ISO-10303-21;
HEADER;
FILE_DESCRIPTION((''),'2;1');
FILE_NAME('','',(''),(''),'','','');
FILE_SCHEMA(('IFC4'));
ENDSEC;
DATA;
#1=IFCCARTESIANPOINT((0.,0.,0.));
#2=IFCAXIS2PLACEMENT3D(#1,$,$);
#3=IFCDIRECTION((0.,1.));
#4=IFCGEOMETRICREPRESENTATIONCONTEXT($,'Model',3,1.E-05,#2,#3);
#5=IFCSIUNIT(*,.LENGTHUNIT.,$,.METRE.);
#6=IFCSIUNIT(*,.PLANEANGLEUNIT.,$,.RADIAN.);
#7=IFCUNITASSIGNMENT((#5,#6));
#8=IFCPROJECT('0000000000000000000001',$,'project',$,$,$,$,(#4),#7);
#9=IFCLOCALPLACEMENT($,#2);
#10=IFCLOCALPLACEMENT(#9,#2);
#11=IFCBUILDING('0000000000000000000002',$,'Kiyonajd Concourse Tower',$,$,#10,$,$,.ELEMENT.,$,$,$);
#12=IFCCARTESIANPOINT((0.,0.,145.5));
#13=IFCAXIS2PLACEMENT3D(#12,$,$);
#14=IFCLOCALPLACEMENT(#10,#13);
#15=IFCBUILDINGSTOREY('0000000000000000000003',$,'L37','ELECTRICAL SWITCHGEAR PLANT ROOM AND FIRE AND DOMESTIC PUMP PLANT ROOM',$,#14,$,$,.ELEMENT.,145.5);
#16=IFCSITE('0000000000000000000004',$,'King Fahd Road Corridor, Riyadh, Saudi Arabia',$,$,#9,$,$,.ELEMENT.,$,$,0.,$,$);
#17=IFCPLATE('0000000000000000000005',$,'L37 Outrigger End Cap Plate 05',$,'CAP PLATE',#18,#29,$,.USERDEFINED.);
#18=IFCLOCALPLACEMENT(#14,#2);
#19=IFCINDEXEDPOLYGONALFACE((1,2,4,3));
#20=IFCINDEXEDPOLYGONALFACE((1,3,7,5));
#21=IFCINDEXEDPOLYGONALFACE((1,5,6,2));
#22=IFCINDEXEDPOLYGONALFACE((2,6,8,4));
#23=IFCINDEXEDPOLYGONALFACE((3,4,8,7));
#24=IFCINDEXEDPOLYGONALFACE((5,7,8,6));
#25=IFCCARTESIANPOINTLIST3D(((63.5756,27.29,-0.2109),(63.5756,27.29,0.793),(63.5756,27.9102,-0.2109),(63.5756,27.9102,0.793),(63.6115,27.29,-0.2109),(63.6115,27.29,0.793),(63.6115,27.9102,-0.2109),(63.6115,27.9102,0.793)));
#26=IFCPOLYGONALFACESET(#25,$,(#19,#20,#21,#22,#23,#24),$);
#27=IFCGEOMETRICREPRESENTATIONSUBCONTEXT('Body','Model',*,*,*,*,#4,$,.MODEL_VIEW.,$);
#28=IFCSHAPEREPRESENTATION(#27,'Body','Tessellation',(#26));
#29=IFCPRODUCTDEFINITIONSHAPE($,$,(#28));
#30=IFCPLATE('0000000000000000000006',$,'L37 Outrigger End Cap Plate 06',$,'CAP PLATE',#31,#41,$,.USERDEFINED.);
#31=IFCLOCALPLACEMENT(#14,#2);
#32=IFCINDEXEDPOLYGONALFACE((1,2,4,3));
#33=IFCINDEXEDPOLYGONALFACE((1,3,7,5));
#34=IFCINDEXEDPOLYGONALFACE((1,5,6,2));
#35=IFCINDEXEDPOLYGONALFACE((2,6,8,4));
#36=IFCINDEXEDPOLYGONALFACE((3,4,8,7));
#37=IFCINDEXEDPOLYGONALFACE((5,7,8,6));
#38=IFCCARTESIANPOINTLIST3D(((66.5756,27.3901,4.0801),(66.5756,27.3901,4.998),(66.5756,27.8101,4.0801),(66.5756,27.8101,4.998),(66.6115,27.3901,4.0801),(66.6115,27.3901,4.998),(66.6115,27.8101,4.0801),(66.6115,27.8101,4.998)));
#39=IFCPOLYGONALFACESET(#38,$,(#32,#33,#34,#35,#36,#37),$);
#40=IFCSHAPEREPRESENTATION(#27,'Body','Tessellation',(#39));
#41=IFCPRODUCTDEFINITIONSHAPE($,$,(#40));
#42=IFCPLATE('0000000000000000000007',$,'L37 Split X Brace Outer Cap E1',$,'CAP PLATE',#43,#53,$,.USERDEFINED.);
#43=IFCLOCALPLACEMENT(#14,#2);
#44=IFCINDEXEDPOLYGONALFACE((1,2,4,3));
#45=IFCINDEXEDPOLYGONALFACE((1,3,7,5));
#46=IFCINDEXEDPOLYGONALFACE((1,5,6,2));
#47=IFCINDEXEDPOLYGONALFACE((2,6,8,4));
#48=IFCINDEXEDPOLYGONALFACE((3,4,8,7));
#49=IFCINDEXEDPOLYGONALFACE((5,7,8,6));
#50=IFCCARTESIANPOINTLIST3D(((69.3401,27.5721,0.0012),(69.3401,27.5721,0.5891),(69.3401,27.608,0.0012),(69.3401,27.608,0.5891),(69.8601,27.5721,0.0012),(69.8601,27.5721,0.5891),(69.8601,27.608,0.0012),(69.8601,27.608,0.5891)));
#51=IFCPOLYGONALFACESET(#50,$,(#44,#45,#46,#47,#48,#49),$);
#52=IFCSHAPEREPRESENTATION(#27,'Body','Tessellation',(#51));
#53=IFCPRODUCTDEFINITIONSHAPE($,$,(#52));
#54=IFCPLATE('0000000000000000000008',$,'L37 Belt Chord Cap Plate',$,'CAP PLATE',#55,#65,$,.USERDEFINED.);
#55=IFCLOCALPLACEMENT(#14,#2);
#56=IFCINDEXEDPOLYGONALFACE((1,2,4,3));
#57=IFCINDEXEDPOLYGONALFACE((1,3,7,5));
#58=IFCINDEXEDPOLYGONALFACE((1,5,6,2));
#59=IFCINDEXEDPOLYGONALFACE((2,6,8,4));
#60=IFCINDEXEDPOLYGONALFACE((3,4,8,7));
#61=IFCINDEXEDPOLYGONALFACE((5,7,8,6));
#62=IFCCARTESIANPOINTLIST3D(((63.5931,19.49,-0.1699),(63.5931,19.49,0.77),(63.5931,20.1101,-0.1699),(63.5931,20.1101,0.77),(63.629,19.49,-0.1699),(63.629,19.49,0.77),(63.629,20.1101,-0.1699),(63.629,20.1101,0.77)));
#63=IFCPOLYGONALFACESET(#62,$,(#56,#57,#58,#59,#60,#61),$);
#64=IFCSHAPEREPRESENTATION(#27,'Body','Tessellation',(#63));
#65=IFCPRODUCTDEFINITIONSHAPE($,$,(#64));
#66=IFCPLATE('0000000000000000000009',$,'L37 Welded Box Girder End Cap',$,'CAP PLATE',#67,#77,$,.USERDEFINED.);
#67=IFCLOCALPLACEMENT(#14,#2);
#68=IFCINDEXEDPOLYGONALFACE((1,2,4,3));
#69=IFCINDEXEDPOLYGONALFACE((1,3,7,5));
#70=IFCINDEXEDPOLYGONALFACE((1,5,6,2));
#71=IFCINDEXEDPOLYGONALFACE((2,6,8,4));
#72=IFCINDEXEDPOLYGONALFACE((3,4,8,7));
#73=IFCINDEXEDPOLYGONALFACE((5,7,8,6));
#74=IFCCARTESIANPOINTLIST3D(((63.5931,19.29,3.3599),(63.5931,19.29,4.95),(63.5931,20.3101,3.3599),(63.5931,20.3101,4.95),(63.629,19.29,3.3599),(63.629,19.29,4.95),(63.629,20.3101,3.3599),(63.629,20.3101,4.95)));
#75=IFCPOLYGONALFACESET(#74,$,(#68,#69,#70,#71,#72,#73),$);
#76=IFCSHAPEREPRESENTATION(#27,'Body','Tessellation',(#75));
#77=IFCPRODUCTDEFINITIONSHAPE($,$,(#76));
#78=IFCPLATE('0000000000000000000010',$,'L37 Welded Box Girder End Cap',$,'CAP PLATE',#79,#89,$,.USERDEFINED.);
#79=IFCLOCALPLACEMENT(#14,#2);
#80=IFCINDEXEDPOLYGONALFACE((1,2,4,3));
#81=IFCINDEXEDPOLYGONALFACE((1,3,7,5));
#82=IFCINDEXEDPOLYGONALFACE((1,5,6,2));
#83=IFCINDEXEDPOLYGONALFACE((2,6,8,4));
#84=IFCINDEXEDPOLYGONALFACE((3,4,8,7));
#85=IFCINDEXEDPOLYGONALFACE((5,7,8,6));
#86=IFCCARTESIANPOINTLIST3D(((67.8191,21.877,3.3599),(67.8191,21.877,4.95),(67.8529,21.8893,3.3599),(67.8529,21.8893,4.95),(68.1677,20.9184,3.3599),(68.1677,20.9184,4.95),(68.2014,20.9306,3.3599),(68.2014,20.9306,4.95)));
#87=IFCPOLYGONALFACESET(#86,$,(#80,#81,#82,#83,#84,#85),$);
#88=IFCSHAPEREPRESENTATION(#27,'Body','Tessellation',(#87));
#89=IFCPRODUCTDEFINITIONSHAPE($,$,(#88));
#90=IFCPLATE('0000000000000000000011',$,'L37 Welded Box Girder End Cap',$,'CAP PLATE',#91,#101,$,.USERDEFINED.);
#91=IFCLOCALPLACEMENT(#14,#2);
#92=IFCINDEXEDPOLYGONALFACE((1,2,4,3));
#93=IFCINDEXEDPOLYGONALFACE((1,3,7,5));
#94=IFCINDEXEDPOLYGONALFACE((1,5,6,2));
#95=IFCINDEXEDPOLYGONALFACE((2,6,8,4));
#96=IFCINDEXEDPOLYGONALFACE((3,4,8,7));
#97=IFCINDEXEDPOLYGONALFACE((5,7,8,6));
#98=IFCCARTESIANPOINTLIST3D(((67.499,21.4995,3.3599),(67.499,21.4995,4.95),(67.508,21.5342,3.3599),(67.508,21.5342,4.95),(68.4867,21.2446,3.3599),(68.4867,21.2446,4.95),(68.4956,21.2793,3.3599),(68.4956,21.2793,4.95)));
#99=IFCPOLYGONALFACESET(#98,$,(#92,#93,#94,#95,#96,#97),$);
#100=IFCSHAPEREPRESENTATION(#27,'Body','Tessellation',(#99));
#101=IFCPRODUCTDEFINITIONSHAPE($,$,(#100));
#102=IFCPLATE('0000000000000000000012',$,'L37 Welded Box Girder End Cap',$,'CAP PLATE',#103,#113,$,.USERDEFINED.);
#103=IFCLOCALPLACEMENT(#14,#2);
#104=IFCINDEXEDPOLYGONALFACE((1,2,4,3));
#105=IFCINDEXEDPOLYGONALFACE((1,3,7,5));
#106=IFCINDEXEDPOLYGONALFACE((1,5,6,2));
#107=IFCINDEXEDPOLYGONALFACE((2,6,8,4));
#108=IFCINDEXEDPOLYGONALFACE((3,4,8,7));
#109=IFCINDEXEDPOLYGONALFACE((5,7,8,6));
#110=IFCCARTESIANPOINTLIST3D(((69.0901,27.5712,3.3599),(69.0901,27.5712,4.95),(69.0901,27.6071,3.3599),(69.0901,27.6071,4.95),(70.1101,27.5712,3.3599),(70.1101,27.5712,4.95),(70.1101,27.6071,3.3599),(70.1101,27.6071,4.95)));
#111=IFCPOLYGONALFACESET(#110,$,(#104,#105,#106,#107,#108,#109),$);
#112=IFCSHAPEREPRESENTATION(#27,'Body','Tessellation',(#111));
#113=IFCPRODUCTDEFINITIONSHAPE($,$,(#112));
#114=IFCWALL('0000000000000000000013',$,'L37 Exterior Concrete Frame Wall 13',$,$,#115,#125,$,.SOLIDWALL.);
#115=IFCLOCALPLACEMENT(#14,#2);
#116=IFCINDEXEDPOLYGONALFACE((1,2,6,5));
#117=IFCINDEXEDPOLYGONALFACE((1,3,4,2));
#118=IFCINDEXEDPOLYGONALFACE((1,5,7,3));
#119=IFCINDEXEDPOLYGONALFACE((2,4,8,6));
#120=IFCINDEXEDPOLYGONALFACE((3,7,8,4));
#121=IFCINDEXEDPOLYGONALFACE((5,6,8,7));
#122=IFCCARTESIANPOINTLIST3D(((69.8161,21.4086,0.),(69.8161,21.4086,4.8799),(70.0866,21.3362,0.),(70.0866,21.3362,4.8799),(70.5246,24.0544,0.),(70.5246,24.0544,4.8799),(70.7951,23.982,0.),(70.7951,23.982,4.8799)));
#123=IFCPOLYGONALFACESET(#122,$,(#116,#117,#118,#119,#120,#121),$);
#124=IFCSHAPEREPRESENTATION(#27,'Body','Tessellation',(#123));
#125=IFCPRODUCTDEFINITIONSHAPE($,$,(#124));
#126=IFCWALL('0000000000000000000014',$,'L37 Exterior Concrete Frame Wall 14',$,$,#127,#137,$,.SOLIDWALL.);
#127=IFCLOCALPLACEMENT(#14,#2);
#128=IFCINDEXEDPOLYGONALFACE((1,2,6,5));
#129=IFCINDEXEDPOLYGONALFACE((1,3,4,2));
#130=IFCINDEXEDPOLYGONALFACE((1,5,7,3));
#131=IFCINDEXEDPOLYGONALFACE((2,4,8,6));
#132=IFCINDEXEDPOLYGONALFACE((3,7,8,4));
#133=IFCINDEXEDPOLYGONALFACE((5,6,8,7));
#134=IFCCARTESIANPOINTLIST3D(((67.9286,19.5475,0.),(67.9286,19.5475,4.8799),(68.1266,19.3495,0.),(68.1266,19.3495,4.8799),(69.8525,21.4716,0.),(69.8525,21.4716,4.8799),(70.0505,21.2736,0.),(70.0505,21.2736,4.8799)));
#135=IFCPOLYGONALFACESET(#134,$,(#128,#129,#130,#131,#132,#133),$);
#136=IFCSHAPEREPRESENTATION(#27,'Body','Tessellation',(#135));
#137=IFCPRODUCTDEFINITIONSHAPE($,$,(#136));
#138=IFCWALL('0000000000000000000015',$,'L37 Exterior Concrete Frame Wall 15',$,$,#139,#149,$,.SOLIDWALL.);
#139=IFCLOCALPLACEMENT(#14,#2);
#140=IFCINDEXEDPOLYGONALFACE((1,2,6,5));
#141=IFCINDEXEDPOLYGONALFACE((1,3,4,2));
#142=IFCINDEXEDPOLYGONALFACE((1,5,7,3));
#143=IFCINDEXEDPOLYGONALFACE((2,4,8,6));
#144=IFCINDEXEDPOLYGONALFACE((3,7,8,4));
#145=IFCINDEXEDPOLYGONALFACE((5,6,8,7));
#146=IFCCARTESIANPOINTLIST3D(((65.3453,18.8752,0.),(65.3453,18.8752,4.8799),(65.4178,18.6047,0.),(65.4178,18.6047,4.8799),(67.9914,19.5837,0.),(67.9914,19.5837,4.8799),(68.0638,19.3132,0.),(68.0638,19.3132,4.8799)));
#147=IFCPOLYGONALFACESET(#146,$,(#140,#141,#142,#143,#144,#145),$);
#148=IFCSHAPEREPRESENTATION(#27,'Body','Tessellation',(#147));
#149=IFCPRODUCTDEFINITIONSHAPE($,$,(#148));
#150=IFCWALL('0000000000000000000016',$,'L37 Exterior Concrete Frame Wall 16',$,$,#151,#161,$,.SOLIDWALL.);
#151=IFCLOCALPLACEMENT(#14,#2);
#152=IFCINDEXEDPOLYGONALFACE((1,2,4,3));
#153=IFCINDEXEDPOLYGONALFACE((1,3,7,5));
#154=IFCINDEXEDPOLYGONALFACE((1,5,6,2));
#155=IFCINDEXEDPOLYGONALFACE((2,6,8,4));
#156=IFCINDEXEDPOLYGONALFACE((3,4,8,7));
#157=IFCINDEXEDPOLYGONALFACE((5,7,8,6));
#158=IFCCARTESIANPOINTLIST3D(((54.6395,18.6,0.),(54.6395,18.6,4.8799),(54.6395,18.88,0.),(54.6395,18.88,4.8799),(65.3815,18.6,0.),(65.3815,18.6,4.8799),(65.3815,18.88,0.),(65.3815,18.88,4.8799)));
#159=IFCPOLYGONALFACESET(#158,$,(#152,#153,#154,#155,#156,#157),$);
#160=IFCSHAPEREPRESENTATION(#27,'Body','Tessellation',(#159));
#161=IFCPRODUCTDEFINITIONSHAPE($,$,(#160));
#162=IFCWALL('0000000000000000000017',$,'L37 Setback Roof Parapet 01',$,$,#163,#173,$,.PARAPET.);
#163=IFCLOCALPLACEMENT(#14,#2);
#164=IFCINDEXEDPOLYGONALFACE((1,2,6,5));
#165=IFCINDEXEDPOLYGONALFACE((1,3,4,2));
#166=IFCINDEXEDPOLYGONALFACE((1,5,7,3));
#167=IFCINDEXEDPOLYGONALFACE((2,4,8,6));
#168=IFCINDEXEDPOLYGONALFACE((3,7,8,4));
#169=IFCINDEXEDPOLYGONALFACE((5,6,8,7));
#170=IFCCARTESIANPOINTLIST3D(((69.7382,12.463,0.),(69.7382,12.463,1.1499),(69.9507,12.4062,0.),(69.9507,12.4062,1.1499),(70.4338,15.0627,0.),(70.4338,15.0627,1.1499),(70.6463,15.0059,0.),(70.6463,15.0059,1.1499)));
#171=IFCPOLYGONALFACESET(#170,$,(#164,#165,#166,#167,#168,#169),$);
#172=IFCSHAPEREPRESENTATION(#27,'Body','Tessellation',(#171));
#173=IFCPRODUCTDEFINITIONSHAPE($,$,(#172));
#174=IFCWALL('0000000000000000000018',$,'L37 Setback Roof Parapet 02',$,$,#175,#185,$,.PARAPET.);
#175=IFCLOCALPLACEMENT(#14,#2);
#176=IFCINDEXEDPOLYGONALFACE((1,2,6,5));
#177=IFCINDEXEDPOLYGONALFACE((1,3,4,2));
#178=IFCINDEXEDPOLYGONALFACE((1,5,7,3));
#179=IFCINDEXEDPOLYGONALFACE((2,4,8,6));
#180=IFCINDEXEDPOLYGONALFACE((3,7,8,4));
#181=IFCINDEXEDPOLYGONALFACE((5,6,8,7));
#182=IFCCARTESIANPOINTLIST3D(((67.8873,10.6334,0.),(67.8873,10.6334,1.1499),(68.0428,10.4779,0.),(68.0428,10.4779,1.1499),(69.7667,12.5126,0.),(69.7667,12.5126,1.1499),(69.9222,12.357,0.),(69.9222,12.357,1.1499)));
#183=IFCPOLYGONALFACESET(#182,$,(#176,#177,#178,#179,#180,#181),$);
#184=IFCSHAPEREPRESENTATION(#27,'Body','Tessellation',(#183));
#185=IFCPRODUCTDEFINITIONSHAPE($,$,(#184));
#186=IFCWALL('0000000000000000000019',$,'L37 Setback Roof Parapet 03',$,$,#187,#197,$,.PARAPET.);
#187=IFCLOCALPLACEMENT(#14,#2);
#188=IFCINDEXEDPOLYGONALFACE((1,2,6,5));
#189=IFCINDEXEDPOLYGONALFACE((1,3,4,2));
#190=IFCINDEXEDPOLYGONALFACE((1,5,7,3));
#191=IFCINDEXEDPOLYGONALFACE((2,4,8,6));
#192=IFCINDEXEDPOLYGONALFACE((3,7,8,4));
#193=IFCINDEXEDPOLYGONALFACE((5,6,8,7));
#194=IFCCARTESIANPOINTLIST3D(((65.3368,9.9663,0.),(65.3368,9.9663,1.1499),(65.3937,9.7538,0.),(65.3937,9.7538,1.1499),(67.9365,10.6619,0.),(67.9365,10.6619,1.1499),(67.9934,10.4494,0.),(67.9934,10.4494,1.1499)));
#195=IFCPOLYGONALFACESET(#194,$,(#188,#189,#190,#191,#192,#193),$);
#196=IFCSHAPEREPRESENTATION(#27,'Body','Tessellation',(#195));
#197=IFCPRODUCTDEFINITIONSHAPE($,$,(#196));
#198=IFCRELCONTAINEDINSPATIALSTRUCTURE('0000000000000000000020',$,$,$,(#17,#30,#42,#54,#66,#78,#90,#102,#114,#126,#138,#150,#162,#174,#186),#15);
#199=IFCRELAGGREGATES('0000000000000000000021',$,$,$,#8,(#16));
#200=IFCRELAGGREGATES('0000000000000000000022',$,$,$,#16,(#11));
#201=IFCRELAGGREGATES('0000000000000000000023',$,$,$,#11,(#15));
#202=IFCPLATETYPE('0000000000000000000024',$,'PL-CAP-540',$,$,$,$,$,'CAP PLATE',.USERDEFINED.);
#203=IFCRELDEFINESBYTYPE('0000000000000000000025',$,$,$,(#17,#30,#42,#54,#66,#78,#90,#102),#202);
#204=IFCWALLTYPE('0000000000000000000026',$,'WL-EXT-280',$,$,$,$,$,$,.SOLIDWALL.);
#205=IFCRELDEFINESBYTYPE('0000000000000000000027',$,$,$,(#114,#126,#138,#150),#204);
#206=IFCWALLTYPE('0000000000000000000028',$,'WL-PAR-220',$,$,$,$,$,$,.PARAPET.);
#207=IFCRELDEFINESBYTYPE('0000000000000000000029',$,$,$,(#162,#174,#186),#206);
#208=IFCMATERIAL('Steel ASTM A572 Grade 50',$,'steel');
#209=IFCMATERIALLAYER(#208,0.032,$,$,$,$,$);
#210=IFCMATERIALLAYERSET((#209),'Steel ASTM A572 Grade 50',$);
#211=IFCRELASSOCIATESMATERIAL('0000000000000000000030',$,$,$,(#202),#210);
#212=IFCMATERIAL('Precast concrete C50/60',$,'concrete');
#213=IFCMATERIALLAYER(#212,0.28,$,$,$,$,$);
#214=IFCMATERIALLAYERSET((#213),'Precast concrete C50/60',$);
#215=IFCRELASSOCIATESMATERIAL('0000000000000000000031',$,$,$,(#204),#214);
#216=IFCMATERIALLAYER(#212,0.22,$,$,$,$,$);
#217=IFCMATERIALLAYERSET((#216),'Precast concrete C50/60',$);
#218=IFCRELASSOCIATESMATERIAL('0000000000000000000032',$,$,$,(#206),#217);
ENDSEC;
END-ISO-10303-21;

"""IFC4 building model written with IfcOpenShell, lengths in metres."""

from ifc_helpers import new_model, si_unit, direction, frame, frame_2d, origin, origin_2d, place, context, subcontext, project, spatial, rectangle, extrude, material, layer, layer_set, type_object, element, save


model = new_model("IFC4")

# Units and contexts
model_context = context("Model", 3, precision=1e-05, world=origin(), true_north=direction((0.0, 1.0)))
body_context = subcontext(model_context, "Body", "Model", "MODEL_VIEW")
ifc_project = project(units=[si_unit("LENGTHUNIT", "METRE"), si_unit("PLANEANGLEUNIT", "RADIAN")], contexts=[model_context])

# Site, building, storey
site_placement = place(None, origin())
site = spatial("IfcSite", under=ifc_project, at=site_placement, Name="King Fahd Road Corridor, Riyadh, Saudi Arabia", CompositionType="ELEMENT", RefElevation=0.0)
building_placement = place(site_placement, origin())
building = spatial("IfcBuilding", under=site, at=building_placement, Name="Kiyonajd Concourse Tower", CompositionType="ELEMENT")
storey_placement = place(building_placement, frame((0.0, 0.0, 145.5)))
storey = spatial("IfcBuildingStorey", under=building, at=storey_placement, Name="L37", Description="ELECTRICAL SWITCHGEAR PLANT ROOM AND FIRE AND DOMESTIC PUMP PLANT ROOM", CompositionType="ELEMENT", Elevation=145.5)

# Shared definitions
ifc_material_1 = material(Name="Steel ASTM A572 Grade 50", Category="steel")

# Plates
ifc_layer_1 = layer(ifc_material_1, 0.032)
ifc_layer_set_1 = layer_set([ifc_layer_1], Name="Steel ASTM A572 Grade 50")
plate_type = type_object("IfcPlateType", Name="PL-CAP-540", ElementType="CAP PLATE", PredefinedType="USERDEFINED", material=ifc_layer_set_1)
plate_1_placement = place(storey_placement, frame((63.5935, 27.6001, -0.2109), z_axis=(0.0, 0.0, 1.0), x_axis=(-1.0, 0.0, 0.0)))
element("IfcPlate", 1, at=plate_1_placement, inside=storey, type_object=plate_type, Name="L37 Outrigger End Cap Plate 05", ObjectType="CAP PLATE", PredefinedType="USERDEFINED", context=body_context, shape_type="SweptSolid", body=[
    extrude(rectangle(XDim=0.0359, YDim=0.6201, at=origin_2d()), origin(), (0.0, 0.0, 1.0), 1.0039),
])
plate_2_placement = place(storey_placement, frame((66.5935, 27.6001, 4.0801), z_axis=(0.0, 0.0, 1.0), x_axis=(-1.0, 0.0, 0.0)))
element("IfcPlate", 2, at=plate_2_placement, inside=storey, type_object=plate_type, Name="L37 Outrigger End Cap Plate 06", ObjectType="CAP PLATE", PredefinedType="USERDEFINED", context=body_context, shape_type="SweptSolid", body=[
    extrude(rectangle(XDim=0.0359, YDim=0.4199, at=origin_2d()), origin(), (0.0, 0.0, 1.0), 0.918),
])
plate_3_placement = place(storey_placement, frame((69.6001, 27.5901, 0.0012), z_axis=(0.0, 0.0, 1.0), x_axis=(0.0, -1.0, 0.0)))
element("IfcPlate", 3, at=plate_3_placement, inside=storey, type_object=plate_type, Name="L37 Split X Brace Outer Cap E1", ObjectType="CAP PLATE", PredefinedType="USERDEFINED", context=body_context, shape_type="SweptSolid", body=[
    extrude(rectangle(XDim=0.0359, YDim=0.52, at=origin_2d()), origin(), (0.0, 0.0, 1.0), 0.5879),
])
plate_4_placement = place(storey_placement, frame((63.6111, 19.8, -0.1699), z_axis=(0.0, 0.0, 1.0), x_axis=(1.0, 0.0, 0.0)))
element("IfcPlate", 4, at=plate_4_placement, inside=storey, type_object=plate_type, Name="L37 Belt Chord Cap Plate", ObjectType="CAP PLATE", PredefinedType="USERDEFINED", context=body_context, shape_type="SweptSolid", body=[
    extrude(rectangle(XDim=0.0359, YDim=0.6201, at=origin_2d()), origin(), (0.0, 0.0, 1.0), 0.9399),
])
for number, where, z_axis, x_axis, name in (
    (5, (63.6111, 19.8, 3.3599), (0.0, 0.0, 1.0), (1.0, 0.0, 0.0), "L37 Welded Box Girder End Cap"),
    (6, (68.0103, 21.4038, 3.3599), (0.0, 0.0, 1.0), (0.939812, 0.341692, 0.0), "L37 Welded Box Girder End Cap"),
    (7, (67.9973, 21.3894, 3.3599), (0.0, 0.0, 1.0), (-0.249873, -0.968279, 0.0), "L37 Welded Box Girder End Cap"),
    (8, (69.6001, 27.5891, 3.3599), (0.0, 0.0, 1.0), (0.0, -1.0, 0.0), "L37 Welded Box Girder End Cap"),
):
    element("IfcPlate", number, at=place(storey_placement, frame(where, z_axis=z_axis, x_axis=x_axis)), inside=storey, type_object=plate_type, Name=name, ObjectType="CAP PLATE", PredefinedType="USERDEFINED", context=body_context, shape_type="SweptSolid", body=[
        extrude(rectangle(XDim=0.0359, YDim=1.02, at=origin_2d()), origin(), (0.0, 0.0, 1.0), 1.5901),
    ])

# Walls
ifc_material_2 = material(Name="Precast concrete C50/60", Category="concrete")
ifc_layer_2 = layer(ifc_material_2, 0.28)
ifc_layer_set_2 = layer_set([ifc_layer_2], Name="Precast concrete C50/60")
wall_type_1 = type_object("IfcWallType", Name="WL-EXT-280", PredefinedType="SOLIDWALL", material=ifc_layer_set_2)
wall_1_placement = place(storey_placement, frame((70.6599, 24.0183, 0.0), z_axis=(0.0, 0.0, 1.0), x_axis=(-0.258672, -0.965965, 0.0)))
element("IfcWall", 9, at=wall_1_placement, inside=storey, type_object=wall_type_1, Name="L37 Exterior Concrete Frame Wall 13", PredefinedType="SOLIDWALL", context=body_context, shape_type="SweptSolid", body=[
    extrude(rectangle(XDim=2.739, YDim=0.28, at=frame_2d((1.3696, 0.0))), origin(), (0.0, 0.0, 1.0), 4.8799),
])
wall_2_placement = place(storey_placement, frame((69.9514, 21.3726, 0.0), z_axis=(0.0, 0.0, 1.0), x_axis=(-0.707062, -0.707152, 0.0)))
element("IfcWall", 10, at=wall_2_placement, inside=storey, type_object=wall_type_1, Name="L37 Exterior Concrete Frame Wall 14", PredefinedType="SOLIDWALL", context=body_context, shape_type="SweptSolid", body=[
    extrude(rectangle(XDim=2.7209, YDim=0.28, at=frame_2d((1.3604, 0.0))), origin(), (0.0, 0.0, 1.0), 4.8799),
])
wall_3_placement = place(storey_placement, frame((68.0276, 19.4485, 0.0), z_axis=(0.0, 0.0, 1.0), x_axis=(-0.965971, -0.25865, 0.0)))
element("IfcWall", 11, at=wall_3_placement, inside=storey, type_object=wall_type_1, Name="L37 Exterior Concrete Frame Wall 15", PredefinedType="SOLIDWALL", context=body_context, shape_type="SweptSolid", body=[
    extrude(rectangle(XDim=2.7393, YDim=0.28, at=frame_2d((1.3696, 0.0))), origin(), (0.0, 0.0, 1.0), 4.8799),
])
wall_4_placement = place(storey_placement, frame((65.3816, 18.74, 0.0), z_axis=(0.0, 0.0, 1.0), x_axis=(-1.0, 0.0, 0.0)))
element("IfcWall", 12, at=wall_4_placement, inside=storey, type_object=wall_type_1, Name="L37 Exterior Concrete Frame Wall 16", PredefinedType="SOLIDWALL", context=body_context, shape_type="SweptSolid", body=[
    extrude(rectangle(XDim=10.7419, YDim=0.28, at=frame_2d((5.3711, 0.0))), origin(), (0.0, 0.0, 1.0), 4.8799),
])
ifc_layer_3 = layer(ifc_material_2, 0.22)
ifc_layer_set_3 = layer_set([ifc_layer_3], Name="Precast concrete C50/60")
wall_type_2 = type_object("IfcWallType", Name="WL-PAR-220", PredefinedType="PARAPET", material=ifc_layer_set_3)
wall_5_placement = place(storey_placement, frame((70.54, 15.0344, 0.0), z_axis=(0.0, 0.0, 1.0), x_axis=(-0.25847, -0.966019, 0.0)))
element("IfcWall", 13, at=wall_5_placement, inside=storey, type_object=wall_type_2, Name="L37 Setback Roof Parapet 01", PredefinedType="PARAPET", context=body_context, shape_type="SweptSolid", body=[
    extrude(rectangle(XDim=2.6912, YDim=0.22, at=frame_2d((1.3457, 0.0))), origin(), (0.0, 0.0, 1.0), 1.1499),
])
wall_6_placement = place(storey_placement, frame((69.8445, 12.4348, 0.0), z_axis=(0.0, 0.0, 1.0), x_axis=(-0.707153, -0.707061, 0.0)))
element("IfcWall", 14, at=wall_6_placement, inside=storey, type_object=wall_type_2, Name="L37 Setback Roof Parapet 02", PredefinedType="PARAPET", context=body_context, shape_type="SweptSolid", body=[
    extrude(rectangle(XDim=2.6577, YDim=0.22, at=frame_2d((1.3289, 0.0))), origin(), (0.0, 0.0, 1.0), 1.1499),
])
wall_7_placement = place(storey_placement, frame((67.9651, 10.5557, 0.0), z_axis=(0.0, 0.0, 1.0), x_axis=(-0.966019, -0.25847, 0.0)))
element("IfcWall", 15, at=wall_7_placement, inside=storey, type_object=wall_type_2, Name="L37 Setback Roof Parapet 03", PredefinedType="PARAPET", context=body_context, shape_type="SweptSolid", body=[
    extrude(rectangle(XDim=2.6912, YDim=0.22, at=frame_2d((1.3457, 0.0))), origin(), (0.0, 0.0, 1.0), 1.1499),
])

save(model, "model.ifc")
